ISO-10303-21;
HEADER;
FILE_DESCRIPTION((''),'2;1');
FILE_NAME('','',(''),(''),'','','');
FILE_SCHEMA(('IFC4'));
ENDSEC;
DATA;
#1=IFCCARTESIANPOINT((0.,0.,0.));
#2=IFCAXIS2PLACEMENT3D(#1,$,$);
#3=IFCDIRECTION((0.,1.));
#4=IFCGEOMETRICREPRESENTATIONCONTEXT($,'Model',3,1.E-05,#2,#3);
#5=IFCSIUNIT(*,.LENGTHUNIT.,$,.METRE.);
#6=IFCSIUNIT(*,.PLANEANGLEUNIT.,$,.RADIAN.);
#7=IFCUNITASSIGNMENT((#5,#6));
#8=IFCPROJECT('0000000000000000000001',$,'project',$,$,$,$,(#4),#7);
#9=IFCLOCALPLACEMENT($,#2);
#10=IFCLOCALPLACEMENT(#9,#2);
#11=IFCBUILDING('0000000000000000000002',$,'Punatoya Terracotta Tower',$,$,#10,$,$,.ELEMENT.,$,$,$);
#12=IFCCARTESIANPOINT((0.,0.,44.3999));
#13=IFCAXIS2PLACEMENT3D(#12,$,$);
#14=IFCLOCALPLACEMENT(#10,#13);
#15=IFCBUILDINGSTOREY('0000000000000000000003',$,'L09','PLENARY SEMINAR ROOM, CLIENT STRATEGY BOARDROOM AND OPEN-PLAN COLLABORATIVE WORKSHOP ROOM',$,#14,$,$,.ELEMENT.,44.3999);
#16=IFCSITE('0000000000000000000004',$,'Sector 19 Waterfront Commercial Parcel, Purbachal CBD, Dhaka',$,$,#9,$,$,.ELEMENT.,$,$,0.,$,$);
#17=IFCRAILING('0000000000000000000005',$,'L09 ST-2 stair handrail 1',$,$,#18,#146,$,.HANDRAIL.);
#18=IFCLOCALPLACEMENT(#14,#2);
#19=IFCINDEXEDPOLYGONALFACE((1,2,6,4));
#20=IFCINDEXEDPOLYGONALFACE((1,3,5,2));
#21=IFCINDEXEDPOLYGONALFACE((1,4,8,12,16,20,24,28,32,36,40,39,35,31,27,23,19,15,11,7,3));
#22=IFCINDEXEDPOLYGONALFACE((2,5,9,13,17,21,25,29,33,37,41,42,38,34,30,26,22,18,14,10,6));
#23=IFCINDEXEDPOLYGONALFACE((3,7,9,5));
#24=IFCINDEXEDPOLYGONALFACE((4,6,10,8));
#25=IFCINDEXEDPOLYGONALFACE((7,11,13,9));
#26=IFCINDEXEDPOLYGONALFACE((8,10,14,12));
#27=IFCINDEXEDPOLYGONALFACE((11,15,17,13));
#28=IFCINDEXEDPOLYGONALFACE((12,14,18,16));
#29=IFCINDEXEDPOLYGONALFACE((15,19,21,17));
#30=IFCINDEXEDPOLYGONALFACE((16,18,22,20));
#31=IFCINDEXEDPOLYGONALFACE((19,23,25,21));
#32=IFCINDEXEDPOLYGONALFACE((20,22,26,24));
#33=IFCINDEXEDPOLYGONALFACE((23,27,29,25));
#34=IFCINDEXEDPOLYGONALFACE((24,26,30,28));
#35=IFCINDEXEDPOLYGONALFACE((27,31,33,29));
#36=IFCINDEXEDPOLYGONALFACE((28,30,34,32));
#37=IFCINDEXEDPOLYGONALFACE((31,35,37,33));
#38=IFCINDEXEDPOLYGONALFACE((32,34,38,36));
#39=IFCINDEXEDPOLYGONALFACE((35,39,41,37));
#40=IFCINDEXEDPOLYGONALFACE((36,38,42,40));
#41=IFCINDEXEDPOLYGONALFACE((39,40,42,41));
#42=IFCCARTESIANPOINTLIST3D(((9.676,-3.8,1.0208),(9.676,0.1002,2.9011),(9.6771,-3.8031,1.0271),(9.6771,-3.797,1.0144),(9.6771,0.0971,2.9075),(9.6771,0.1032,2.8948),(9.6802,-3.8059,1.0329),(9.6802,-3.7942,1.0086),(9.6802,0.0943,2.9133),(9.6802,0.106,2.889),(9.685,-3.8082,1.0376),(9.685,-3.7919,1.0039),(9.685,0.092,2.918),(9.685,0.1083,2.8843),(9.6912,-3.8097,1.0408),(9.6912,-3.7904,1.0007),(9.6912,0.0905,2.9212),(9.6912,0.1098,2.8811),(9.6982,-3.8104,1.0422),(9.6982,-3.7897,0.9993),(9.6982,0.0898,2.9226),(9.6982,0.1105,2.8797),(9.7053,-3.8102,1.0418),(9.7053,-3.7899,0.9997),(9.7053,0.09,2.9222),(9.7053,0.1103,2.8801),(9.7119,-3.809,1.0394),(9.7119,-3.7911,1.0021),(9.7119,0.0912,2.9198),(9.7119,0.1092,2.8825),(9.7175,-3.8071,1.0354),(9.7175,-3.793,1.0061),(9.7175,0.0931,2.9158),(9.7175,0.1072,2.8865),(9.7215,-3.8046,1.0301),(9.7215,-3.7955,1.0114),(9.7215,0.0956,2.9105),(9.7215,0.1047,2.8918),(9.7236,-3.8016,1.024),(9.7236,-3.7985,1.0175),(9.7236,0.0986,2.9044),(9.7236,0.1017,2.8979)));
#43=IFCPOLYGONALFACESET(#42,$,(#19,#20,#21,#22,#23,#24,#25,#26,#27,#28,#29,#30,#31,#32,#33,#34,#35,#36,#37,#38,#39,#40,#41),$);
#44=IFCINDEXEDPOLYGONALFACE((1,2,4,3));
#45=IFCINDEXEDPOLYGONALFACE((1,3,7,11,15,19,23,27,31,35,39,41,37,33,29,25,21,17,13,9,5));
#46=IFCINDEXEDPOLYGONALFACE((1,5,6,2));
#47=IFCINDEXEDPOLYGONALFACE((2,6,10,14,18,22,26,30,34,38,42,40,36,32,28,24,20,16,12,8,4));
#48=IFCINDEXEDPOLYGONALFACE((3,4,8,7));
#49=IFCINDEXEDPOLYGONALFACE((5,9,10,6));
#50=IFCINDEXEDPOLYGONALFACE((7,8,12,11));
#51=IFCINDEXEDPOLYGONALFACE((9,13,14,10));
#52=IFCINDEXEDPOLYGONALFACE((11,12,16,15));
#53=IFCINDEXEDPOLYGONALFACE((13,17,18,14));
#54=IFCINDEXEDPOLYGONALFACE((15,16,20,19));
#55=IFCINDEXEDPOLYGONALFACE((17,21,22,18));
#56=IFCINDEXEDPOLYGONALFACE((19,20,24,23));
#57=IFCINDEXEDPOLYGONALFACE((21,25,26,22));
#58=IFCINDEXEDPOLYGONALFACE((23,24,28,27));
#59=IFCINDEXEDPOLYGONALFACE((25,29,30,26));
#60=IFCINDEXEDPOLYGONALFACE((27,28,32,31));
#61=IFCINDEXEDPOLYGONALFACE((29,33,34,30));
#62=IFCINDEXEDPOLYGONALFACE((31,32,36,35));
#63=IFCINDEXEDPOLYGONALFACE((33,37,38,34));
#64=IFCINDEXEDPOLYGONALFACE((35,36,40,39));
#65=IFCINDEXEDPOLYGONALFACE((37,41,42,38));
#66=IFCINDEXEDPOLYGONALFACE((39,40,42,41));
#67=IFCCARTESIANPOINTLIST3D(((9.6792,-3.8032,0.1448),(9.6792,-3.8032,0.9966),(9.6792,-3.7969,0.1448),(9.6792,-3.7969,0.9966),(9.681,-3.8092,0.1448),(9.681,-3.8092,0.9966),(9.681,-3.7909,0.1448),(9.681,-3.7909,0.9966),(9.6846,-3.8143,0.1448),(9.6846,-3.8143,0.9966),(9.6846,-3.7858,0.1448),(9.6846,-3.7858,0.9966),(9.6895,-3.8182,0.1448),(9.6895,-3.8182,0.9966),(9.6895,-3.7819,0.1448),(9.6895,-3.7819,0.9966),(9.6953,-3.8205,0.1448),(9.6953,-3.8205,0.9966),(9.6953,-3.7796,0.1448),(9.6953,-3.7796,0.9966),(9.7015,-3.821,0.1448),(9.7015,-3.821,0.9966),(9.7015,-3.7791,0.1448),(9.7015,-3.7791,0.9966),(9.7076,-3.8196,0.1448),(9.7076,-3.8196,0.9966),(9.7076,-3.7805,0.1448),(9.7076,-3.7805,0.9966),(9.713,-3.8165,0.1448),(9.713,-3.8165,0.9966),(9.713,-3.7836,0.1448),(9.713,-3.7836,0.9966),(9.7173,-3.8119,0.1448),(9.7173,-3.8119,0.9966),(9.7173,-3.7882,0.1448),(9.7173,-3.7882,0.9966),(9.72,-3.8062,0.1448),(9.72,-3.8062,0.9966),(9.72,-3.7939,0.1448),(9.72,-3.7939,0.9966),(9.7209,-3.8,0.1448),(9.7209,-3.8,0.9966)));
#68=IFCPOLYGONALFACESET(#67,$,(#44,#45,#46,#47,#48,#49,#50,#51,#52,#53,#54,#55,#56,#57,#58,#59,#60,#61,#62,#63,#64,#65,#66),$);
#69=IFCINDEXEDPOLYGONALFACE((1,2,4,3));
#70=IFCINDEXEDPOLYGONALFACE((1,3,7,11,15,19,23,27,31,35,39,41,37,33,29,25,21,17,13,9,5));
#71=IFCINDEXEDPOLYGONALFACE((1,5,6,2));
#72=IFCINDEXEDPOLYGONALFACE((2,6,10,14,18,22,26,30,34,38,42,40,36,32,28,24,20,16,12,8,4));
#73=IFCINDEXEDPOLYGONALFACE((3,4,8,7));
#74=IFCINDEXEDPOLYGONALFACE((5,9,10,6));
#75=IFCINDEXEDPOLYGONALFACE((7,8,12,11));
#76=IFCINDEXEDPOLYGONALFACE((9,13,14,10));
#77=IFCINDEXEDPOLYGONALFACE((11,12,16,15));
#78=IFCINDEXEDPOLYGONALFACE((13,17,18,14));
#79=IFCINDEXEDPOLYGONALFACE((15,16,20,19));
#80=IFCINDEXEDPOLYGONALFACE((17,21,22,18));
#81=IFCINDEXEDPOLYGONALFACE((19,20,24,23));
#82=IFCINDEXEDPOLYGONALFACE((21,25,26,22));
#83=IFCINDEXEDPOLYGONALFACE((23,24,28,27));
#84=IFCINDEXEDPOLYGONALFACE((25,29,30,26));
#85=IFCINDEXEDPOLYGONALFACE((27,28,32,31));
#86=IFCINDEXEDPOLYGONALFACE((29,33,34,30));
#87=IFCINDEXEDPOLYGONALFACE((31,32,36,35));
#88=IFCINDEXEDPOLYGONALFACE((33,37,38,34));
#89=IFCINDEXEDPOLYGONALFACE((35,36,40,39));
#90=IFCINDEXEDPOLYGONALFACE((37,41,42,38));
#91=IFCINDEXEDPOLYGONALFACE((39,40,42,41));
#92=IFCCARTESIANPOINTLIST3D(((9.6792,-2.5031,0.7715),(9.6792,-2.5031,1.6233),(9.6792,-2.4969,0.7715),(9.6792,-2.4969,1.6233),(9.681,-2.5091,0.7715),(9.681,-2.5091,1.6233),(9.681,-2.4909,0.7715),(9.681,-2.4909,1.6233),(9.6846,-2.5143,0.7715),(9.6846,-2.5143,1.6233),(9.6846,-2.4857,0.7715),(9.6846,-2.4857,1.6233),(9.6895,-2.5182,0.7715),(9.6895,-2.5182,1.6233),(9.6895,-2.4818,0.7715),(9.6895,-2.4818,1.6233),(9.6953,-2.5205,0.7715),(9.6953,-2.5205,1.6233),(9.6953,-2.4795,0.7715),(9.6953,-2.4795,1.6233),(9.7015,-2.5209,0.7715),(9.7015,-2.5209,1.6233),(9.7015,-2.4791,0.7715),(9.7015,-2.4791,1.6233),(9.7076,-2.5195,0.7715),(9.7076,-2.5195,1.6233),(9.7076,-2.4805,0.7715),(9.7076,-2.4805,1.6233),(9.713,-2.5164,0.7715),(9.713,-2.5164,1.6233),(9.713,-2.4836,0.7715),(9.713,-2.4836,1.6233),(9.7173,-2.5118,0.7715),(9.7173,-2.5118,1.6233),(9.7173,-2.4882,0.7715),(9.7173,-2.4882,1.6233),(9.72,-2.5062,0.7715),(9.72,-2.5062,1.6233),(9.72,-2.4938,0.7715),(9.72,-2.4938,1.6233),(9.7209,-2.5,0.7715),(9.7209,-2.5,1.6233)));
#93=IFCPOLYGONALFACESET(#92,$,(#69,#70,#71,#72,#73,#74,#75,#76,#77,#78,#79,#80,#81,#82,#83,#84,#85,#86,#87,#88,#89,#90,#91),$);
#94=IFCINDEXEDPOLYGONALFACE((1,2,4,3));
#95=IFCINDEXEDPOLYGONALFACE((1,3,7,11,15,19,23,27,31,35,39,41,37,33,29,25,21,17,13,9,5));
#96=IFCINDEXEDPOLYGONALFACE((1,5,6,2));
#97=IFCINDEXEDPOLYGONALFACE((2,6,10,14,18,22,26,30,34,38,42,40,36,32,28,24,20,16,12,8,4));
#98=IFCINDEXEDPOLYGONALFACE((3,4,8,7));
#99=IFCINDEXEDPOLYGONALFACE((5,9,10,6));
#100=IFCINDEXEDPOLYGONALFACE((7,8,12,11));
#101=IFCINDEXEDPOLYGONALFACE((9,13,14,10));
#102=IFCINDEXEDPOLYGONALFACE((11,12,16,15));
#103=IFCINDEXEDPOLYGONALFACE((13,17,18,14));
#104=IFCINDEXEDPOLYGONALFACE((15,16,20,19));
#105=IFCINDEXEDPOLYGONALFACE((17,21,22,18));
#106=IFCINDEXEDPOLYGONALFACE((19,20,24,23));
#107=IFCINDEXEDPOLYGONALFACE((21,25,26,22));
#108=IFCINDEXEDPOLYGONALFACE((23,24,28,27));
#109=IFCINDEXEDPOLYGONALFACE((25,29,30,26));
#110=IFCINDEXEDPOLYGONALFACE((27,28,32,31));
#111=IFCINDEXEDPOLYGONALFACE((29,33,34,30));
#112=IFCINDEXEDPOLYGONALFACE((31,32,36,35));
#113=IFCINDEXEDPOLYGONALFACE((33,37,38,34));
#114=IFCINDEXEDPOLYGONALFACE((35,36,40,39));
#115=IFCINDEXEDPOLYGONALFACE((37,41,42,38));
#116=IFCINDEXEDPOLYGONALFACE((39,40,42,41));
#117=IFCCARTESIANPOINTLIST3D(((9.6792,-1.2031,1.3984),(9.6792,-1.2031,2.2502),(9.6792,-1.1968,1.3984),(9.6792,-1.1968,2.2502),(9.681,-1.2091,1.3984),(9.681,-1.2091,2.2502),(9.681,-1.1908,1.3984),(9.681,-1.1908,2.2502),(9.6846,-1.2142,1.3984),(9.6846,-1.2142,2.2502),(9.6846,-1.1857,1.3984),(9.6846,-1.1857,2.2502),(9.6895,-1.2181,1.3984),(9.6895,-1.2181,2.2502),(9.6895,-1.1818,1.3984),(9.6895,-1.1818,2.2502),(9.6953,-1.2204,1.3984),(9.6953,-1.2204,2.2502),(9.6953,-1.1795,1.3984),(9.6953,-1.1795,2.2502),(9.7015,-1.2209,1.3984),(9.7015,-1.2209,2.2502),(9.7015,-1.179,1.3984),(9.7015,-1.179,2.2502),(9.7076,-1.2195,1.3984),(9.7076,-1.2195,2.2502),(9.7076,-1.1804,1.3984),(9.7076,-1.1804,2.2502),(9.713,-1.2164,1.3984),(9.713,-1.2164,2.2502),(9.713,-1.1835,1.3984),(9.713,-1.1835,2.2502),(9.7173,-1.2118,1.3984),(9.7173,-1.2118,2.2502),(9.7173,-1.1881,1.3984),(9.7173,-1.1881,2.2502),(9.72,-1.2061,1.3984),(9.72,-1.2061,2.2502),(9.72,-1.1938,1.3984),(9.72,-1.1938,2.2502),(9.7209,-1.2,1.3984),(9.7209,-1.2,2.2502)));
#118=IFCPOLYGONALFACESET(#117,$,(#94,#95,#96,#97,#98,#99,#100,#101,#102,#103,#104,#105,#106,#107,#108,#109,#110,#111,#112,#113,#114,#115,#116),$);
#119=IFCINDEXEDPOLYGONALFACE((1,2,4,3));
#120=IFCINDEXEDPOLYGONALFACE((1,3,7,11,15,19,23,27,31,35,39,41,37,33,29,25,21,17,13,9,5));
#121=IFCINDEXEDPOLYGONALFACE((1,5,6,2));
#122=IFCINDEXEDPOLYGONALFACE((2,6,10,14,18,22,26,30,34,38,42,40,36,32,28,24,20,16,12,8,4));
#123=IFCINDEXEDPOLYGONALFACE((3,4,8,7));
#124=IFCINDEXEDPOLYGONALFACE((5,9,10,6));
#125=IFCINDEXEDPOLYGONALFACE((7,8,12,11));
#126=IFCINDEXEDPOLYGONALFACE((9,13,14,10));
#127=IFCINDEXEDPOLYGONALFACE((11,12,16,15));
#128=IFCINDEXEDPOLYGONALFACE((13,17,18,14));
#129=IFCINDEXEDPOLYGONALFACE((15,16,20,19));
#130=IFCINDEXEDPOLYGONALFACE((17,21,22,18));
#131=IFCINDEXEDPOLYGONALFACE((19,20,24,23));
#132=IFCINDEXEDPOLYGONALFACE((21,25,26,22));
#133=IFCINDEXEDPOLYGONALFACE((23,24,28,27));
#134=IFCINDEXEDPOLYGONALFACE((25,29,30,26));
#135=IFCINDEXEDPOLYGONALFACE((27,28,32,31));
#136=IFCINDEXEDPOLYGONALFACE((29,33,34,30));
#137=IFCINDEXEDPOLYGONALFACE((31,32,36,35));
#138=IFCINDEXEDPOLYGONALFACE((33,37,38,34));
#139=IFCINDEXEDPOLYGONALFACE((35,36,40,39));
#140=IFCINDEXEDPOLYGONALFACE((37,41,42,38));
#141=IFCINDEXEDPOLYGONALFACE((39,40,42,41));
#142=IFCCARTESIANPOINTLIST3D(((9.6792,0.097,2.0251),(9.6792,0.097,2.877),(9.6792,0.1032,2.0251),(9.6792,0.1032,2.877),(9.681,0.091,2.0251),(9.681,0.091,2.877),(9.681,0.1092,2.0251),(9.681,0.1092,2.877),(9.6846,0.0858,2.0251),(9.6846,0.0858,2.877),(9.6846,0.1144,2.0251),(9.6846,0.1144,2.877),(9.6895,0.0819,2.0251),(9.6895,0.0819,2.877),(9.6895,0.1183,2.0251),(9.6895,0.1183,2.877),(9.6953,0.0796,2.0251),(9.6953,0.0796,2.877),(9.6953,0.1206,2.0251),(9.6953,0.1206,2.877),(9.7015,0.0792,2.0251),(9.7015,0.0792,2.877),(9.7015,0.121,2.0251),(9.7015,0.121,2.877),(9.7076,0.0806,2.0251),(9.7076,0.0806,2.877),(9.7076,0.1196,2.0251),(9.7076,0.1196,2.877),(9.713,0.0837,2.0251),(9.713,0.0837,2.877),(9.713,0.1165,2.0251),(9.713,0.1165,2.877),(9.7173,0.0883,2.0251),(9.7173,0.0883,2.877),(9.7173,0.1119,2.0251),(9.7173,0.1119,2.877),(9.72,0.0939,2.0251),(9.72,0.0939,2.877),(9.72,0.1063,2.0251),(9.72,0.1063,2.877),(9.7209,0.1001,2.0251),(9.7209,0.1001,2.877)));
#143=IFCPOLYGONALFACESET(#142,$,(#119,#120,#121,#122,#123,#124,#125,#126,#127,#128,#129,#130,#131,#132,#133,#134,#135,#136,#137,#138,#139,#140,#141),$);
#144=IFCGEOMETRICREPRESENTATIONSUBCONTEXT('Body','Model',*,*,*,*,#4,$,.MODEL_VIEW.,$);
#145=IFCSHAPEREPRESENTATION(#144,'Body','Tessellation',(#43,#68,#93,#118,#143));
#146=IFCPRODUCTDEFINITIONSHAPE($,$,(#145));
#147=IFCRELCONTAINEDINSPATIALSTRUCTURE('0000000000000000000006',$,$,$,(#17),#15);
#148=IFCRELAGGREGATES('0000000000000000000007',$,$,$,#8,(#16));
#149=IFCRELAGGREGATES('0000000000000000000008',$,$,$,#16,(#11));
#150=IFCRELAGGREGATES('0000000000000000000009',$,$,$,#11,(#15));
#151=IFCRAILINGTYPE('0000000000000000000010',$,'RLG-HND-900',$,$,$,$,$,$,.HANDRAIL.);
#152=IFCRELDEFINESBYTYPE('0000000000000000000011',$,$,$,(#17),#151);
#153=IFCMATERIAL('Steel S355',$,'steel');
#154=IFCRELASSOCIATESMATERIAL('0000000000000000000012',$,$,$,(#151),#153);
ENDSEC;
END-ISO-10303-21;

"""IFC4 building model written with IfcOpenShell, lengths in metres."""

from ifc_helpers import new_model, si_unit, direction, frame, origin, origin_2d, place, context, subcontext, project, spatial, circle, extrude, material, type_object, element, save


model = new_model("IFC4")

# Units and contexts
model_context = context("Model", 3, precision=1e-05, world=origin(), true_north=direction((0.0, 1.0)))
body_context = subcontext(model_context, "Body", "Model", "MODEL_VIEW")
ifc_project = project(units=[si_unit("LENGTHUNIT", "METRE"), si_unit("PLANEANGLEUNIT", "RADIAN")], contexts=[model_context])

# Site, building, storey
site_placement = place(None, origin())
site = spatial("IfcSite", under=ifc_project, at=site_placement, Name="Sector 19 Waterfront Commercial Parcel, Purbachal CBD, Dhaka", CompositionType="ELEMENT", RefElevation=0.0)
building_placement = place(site_placement, origin())
building = spatial("IfcBuilding", under=site, at=building_placement, Name="Punatoya Terracotta Tower", CompositionType="ELEMENT")
storey_placement = place(building_placement, frame((0.0, 0.0, 44.3999)))
storey = spatial("IfcBuildingStorey", under=building, at=storey_placement, Name="L09", Description="PLENARY SEMINAR ROOM, CLIENT STRATEGY BOARDROOM AND OPEN-PLAN COLLABORATIVE WORKSHOP ROOM", CompositionType="ELEMENT", Elevation=44.3999)

# Shared definitions
ifc_material_1 = material(Name="Steel S355", Category="steel")

# Railing
railing_type_1 = type_object("IfcRailingType", Name="RLG-HND-900", PredefinedType="HANDRAIL", material=ifc_material_1)
railing_1_placement = place(storey_placement, frame((9.7, -3.8, 0.1448)))
element("IfcRailing", 1, at=railing_1_placement, inside=storey, type_object=railing_type_1, Name="L09 ST-2 stair handrail 1", PredefinedType="HANDRAIL", context=body_context, shape_type="SweptSolid", body=[
    extrude(circle(Radius=0.0239, at=origin_2d()), frame((0.0, 0.0, 0.876), z_axis=(0.0, 0.900774, 0.434289), x_axis=(-1.0, 0.0, 0.0)), (0.0, 0.0, 1.0), 4.3298),
    extrude(circle(Radius=0.021, at=origin_2d()), origin(), (0.0, 0.0, 1.0), 0.8518),
    extrude(circle(Radius=0.021, at=origin_2d()), frame((0.0, 1.3, 0.6267)), (0.0, 0.0, 1.0), 0.8518),
    extrude(circle(Radius=0.021, at=origin_2d()), frame((0.0, 2.6001, 1.2537)), (0.0, 0.0, 1.0), 0.8518),
    extrude(circle(Radius=0.021, at=origin_2d()), frame((0.0, 3.9001, 1.8804)), (0.0, 0.0, 1.0), 0.8518),
])

save(model, "model.ifc")
